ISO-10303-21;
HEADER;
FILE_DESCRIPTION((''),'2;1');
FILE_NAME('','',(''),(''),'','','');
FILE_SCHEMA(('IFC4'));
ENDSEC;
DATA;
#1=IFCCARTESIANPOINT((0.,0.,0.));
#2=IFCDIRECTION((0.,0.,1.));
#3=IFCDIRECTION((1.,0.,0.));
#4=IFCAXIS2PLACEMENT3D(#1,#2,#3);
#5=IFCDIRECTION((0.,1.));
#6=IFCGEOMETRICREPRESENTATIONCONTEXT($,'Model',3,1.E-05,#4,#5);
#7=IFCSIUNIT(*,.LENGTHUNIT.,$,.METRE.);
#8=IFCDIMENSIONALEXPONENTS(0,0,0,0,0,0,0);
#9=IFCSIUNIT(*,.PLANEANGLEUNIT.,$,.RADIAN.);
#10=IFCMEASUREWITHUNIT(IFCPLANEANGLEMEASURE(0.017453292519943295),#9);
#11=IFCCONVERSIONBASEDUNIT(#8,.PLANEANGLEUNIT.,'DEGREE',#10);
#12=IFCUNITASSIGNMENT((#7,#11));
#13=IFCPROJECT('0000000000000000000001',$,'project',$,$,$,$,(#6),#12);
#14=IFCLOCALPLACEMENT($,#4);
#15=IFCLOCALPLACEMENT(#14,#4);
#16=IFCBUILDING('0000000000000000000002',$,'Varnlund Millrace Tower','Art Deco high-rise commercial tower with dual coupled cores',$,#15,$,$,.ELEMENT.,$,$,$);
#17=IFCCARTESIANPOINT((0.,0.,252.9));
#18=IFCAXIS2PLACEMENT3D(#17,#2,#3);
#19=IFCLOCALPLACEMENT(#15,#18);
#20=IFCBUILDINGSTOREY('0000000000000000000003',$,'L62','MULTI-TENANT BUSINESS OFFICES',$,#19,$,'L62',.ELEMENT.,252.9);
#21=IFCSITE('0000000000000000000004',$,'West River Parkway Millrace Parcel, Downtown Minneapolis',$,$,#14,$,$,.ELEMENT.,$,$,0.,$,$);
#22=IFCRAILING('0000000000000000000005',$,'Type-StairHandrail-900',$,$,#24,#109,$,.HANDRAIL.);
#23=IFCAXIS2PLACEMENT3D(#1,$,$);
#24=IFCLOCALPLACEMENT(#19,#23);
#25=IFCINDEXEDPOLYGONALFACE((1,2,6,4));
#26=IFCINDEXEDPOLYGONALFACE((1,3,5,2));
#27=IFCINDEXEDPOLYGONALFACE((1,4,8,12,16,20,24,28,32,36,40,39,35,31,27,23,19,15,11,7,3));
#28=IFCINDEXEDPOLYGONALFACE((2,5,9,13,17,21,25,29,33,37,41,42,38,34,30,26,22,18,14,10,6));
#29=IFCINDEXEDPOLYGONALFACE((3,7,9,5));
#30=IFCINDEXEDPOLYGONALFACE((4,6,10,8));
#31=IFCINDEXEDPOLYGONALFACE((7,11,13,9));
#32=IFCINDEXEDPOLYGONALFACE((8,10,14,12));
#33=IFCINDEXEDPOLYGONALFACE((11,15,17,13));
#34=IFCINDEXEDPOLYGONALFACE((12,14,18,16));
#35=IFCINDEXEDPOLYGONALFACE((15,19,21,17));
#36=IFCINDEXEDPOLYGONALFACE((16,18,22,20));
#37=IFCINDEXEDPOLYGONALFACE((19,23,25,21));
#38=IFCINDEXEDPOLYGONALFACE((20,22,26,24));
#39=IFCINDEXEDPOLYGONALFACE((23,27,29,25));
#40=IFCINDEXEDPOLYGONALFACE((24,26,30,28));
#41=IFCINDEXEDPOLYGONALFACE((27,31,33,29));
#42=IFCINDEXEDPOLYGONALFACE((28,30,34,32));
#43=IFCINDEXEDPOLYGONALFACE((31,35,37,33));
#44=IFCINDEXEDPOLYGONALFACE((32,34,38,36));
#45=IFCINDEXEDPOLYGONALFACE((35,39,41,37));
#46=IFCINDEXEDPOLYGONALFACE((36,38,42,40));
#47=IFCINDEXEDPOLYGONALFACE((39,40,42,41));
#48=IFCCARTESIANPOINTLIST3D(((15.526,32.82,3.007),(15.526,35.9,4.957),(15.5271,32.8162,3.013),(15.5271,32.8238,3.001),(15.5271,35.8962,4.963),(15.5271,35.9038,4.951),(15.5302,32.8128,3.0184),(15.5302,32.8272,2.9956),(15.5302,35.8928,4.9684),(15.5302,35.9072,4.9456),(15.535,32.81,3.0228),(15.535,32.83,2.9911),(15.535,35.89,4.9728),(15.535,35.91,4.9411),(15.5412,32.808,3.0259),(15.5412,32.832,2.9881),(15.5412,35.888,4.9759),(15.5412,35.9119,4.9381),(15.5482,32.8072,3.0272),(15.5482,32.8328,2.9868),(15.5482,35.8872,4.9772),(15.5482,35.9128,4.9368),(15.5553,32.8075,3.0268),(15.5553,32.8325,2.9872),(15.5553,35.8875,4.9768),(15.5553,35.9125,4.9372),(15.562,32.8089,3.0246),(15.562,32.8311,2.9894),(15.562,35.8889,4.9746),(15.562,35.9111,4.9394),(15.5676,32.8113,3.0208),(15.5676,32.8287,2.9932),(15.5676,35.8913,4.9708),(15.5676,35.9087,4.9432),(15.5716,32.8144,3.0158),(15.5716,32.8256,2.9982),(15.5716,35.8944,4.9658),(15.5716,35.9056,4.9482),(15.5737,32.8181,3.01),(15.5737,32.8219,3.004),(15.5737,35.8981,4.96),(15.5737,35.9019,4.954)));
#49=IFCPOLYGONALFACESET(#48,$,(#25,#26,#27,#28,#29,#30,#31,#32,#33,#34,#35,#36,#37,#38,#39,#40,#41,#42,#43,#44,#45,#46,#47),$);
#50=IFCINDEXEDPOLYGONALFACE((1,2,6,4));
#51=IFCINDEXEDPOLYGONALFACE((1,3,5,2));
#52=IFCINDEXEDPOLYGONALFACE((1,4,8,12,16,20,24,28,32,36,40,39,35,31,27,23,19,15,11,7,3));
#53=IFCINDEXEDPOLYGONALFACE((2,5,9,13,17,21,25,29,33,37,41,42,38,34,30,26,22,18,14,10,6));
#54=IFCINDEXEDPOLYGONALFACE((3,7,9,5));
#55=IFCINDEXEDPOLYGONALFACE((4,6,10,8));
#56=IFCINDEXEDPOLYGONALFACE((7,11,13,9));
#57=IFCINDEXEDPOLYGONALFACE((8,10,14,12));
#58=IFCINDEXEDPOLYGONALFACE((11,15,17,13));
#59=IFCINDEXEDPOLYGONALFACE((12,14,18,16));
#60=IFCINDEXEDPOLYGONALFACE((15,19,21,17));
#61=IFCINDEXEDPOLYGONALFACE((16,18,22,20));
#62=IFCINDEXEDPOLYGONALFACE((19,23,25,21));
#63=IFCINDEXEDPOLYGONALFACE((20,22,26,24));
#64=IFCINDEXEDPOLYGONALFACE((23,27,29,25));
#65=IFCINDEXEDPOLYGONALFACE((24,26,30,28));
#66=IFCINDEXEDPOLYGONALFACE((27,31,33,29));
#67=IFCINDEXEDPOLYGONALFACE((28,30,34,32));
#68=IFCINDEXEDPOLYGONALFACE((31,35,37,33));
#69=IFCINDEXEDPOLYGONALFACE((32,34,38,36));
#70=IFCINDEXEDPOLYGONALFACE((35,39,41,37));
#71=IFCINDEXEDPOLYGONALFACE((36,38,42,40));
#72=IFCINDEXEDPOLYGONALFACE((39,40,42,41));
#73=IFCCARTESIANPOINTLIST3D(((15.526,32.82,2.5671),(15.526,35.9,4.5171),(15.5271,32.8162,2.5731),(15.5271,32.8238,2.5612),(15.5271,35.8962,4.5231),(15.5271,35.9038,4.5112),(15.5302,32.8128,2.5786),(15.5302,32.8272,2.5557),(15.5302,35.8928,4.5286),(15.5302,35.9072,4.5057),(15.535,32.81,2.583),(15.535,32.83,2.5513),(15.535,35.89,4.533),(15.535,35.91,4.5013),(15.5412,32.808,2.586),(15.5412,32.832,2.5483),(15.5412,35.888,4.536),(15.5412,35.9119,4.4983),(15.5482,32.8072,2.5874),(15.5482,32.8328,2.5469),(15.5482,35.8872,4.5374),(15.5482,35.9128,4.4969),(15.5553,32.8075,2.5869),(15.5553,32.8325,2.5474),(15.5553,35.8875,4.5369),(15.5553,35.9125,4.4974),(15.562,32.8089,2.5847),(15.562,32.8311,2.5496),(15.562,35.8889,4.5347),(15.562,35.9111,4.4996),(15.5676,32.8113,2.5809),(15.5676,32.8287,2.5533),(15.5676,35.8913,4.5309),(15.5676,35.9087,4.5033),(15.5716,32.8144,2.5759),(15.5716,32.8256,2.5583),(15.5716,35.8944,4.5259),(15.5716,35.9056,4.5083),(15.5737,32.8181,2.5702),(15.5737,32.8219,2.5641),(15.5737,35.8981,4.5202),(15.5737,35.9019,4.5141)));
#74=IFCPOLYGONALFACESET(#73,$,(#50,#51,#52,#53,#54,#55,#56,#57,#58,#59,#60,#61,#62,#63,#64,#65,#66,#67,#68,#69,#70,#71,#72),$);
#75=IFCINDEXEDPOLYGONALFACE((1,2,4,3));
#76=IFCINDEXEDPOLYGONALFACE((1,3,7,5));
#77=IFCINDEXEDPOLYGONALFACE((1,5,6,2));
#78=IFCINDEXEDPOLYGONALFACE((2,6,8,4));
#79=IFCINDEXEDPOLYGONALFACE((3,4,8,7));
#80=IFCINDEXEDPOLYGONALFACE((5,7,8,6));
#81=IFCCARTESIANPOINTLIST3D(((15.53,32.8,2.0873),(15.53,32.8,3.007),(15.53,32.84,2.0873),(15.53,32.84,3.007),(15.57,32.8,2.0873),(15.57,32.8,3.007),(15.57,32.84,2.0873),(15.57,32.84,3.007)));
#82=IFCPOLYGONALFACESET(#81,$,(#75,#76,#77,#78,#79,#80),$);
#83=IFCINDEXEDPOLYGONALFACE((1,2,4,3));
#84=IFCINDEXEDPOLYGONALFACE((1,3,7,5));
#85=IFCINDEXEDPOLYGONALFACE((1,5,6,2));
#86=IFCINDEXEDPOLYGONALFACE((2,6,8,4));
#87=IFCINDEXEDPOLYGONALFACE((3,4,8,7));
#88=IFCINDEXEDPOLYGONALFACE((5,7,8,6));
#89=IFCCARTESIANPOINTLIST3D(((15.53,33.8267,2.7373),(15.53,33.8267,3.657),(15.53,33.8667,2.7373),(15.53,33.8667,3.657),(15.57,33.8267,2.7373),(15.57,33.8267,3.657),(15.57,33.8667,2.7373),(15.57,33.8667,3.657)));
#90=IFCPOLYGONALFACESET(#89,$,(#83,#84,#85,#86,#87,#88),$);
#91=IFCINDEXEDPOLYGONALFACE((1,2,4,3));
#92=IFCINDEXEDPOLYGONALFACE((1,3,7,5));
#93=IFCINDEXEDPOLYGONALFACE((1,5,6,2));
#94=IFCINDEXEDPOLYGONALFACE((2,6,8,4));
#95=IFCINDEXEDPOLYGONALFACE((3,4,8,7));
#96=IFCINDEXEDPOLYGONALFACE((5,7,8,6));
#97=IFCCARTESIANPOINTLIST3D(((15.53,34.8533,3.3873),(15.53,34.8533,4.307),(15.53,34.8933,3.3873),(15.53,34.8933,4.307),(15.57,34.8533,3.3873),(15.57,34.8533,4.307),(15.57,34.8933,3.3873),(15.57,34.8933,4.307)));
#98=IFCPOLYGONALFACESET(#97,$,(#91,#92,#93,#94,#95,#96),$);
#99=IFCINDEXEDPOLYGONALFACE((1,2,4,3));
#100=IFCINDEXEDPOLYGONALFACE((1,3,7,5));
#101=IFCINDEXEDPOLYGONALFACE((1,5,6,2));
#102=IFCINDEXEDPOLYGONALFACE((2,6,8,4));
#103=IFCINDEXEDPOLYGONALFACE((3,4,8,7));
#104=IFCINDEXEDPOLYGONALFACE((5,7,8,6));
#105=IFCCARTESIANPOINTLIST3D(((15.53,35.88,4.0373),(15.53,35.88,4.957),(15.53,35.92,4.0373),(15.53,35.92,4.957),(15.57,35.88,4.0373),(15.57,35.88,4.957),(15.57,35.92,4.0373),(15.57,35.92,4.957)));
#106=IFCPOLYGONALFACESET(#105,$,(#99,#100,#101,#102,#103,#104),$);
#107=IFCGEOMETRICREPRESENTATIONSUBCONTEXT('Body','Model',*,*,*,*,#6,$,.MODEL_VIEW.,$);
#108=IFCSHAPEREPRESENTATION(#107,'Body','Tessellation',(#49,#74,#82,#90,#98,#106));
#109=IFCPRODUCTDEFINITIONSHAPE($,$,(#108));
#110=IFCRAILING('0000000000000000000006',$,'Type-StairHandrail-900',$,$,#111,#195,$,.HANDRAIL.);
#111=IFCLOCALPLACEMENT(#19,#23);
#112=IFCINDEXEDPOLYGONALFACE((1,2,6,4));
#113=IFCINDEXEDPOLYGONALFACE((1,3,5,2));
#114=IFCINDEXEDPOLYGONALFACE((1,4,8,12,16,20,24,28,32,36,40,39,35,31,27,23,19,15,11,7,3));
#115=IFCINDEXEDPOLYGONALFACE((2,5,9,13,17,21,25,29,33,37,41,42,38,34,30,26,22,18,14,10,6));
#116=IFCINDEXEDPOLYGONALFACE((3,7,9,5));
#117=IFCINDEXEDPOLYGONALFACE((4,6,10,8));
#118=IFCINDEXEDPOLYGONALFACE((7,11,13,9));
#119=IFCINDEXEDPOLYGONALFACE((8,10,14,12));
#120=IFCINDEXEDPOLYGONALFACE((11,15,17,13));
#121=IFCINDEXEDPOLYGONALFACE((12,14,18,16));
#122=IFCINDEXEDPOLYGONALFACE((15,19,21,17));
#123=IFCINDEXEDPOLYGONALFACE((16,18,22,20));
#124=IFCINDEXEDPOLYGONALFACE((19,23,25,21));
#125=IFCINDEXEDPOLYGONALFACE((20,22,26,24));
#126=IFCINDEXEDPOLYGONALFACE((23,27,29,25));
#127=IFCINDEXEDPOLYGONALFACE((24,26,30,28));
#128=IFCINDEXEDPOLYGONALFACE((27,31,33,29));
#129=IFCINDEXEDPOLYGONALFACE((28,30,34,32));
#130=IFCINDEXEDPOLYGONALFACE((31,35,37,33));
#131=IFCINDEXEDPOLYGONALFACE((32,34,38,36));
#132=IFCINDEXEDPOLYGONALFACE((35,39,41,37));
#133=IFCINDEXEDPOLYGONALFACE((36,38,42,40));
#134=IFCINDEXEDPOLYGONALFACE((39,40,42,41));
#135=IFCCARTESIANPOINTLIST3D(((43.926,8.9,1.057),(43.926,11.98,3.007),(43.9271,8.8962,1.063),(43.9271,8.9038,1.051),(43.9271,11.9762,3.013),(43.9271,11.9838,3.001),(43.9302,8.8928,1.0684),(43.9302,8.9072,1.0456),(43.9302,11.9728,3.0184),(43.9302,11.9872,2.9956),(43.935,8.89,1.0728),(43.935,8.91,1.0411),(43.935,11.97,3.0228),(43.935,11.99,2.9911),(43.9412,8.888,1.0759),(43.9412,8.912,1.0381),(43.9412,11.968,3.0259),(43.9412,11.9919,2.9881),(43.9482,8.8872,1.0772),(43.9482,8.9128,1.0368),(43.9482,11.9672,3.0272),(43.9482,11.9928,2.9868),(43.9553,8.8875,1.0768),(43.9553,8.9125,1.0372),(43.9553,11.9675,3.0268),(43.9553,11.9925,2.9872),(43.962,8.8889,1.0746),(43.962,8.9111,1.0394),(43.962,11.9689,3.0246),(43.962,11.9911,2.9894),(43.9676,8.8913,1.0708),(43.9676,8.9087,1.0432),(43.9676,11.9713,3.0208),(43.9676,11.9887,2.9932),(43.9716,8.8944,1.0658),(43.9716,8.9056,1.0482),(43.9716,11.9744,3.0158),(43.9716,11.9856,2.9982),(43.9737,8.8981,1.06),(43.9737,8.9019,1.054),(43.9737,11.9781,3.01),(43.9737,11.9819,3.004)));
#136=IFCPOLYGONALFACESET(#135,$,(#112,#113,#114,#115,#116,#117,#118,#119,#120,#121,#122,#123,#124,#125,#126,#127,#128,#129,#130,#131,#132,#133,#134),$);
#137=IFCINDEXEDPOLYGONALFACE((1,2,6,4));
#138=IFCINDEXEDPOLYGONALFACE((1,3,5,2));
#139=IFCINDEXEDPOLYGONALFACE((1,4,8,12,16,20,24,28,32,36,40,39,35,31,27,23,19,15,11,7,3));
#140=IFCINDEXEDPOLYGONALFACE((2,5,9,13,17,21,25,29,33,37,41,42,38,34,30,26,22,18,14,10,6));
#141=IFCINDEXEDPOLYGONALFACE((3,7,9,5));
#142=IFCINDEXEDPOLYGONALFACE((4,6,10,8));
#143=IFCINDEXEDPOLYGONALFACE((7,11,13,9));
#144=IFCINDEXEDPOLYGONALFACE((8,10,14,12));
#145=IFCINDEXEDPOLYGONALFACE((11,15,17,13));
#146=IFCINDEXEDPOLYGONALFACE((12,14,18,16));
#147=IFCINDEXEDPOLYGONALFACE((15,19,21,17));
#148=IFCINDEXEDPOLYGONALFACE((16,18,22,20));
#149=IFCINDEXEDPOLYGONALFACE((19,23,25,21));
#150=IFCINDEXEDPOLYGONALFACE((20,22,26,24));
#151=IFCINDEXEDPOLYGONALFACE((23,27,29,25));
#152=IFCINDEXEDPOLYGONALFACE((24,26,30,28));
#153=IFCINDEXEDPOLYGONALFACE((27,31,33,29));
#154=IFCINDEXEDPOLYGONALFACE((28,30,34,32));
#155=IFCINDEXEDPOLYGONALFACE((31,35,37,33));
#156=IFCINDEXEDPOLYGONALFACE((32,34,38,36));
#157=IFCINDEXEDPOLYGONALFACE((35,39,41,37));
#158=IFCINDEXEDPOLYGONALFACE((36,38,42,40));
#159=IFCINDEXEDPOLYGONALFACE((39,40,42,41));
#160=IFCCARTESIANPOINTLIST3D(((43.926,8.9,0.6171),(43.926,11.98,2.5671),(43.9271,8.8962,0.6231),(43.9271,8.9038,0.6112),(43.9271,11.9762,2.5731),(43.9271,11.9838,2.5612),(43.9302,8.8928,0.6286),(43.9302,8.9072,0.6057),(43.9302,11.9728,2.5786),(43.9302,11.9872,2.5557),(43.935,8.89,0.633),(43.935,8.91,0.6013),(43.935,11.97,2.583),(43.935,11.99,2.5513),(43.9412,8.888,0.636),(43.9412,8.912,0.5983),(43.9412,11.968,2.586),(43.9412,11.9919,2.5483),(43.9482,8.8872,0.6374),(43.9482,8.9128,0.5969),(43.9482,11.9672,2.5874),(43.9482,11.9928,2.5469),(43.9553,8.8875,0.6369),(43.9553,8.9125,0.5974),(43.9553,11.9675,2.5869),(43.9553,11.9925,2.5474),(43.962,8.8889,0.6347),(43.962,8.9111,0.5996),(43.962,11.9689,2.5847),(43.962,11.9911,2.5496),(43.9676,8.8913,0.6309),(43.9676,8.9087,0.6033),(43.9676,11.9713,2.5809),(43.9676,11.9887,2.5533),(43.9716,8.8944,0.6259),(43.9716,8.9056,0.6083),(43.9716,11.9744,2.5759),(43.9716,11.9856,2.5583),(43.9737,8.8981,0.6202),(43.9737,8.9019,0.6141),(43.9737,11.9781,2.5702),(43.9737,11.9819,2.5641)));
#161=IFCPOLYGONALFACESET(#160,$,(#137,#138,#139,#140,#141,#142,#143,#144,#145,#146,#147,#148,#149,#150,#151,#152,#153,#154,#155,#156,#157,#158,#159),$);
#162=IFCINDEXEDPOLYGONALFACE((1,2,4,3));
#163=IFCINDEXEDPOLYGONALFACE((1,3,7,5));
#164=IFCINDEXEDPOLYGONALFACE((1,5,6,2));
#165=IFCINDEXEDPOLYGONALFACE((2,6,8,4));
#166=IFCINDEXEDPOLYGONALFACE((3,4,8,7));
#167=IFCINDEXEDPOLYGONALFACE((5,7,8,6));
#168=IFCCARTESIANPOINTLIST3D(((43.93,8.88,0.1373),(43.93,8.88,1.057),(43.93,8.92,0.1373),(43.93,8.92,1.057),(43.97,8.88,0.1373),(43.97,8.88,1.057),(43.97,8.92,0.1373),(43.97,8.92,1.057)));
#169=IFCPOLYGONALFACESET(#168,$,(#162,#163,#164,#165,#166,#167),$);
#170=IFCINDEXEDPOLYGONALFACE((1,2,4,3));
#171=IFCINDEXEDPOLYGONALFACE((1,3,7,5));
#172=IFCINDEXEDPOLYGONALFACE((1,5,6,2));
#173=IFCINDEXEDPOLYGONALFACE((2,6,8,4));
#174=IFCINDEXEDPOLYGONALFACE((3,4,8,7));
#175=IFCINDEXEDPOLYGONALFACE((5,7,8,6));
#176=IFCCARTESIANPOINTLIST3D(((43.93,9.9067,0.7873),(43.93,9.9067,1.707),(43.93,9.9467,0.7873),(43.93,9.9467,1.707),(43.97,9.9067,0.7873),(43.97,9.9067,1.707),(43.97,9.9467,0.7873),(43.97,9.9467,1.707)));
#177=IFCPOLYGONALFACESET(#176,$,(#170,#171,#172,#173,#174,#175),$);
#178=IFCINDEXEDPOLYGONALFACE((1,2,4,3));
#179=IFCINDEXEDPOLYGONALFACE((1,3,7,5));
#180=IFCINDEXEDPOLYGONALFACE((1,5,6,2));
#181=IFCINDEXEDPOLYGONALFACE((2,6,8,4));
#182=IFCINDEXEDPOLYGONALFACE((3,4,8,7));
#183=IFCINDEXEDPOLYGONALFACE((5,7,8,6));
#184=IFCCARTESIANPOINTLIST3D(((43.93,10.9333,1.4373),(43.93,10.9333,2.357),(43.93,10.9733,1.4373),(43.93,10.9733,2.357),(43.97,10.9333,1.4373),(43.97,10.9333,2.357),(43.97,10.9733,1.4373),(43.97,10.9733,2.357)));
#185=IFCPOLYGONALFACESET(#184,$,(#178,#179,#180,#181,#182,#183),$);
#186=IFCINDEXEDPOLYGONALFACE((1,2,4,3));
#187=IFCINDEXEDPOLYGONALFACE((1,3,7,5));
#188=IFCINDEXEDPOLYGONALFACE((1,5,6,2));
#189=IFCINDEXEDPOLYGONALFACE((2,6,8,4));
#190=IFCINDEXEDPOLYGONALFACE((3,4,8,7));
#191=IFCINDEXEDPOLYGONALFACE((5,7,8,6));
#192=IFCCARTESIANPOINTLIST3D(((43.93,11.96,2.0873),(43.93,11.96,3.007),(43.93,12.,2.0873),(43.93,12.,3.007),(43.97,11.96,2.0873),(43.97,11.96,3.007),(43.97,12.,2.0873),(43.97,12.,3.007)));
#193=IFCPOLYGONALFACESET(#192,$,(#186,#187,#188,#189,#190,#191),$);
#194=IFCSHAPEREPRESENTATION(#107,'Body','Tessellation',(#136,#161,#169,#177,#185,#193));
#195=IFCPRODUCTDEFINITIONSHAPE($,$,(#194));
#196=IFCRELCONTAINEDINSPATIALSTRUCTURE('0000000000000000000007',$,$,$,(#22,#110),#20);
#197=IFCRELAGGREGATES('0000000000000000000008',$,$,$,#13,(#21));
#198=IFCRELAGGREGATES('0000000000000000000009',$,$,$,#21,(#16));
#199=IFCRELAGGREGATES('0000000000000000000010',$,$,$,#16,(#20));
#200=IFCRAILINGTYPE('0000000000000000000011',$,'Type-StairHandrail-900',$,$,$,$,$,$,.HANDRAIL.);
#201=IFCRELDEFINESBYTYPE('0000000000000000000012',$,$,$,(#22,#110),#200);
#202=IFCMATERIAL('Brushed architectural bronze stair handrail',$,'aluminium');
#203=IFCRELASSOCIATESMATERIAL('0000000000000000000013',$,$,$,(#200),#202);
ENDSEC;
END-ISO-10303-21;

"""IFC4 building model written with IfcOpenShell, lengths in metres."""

from ifc_helpers import new_model, entity, si_unit, converted_unit, direction, frame, origin_with_axes, origin_2d_with_axis, place, context, subcontext, project, spatial, rectangle, circle, extrude, material, type_object, element, save


model = new_model("IFC4")

# Units and contexts
model_context = context("Model", 3, precision=1e-05, world=origin_with_axes(), true_north=direction((0.0, 1.0)))
body_context = subcontext(model_context, "Body", "Model", "MODEL_VIEW")
ifc_project = project(units=[si_unit("LENGTHUNIT", "METRE"), converted_unit("PLANEANGLEUNIT", "DEGREE", entity("IfcPlaneAngleMeasure", 0.017453292519943295), si_unit("PLANEANGLEUNIT", "RADIAN"), dimensions=[0, 0, 0, 0, 0, 0, 0])], contexts=[model_context])

# Site, building, storey
site_placement = place(None, origin_with_axes())
site = spatial("IfcSite", under=ifc_project, at=site_placement, Name="West River Parkway Millrace Parcel, Downtown Minneapolis", CompositionType="ELEMENT", RefElevation=0.0)
building_placement = place(site_placement, origin_with_axes())
building = spatial("IfcBuilding", under=site, at=building_placement, Name="Varnlund Millrace Tower", Description="Art Deco high-rise commercial tower with dual coupled cores", CompositionType="ELEMENT")
storey_placement = place(building_placement, frame((0.0, 0.0, 252.9), z_axis=(0.0, 0.0, 1.0), x_axis=(1.0, 0.0, 0.0)))
storey = spatial("IfcBuildingStorey", under=building, at=storey_placement, Name="L62", Description="MULTI-TENANT BUSINESS OFFICES", LongName="L62", CompositionType="ELEMENT", Elevation=252.9)

# Railings
ifc_material_1 = material(Name="Brushed architectural bronze stair handrail", Category="aluminium")
railing_type_1 = type_object("IfcRailingType", Name="Type-StairHandrail-900", PredefinedType="HANDRAIL", material=ifc_material_1)
railing_1_placement = place(storey_placement, frame((0.0, 0.0, -252.9), z_axis=(0.0, 0.0, 1.0), x_axis=(1.0, 0.0, 0.0)))
element("IfcRailing", 1, at=railing_1_placement, inside=storey, type_object=railing_type_1, Name="Type-StairHandrail-900", PredefinedType="HANDRAIL", context=body_context, shape_type="SweptSolid", body=[
    extrude(circle(Radius=0.024, at=origin_2d_with_axis()), frame((15.55, 32.82, 255.907), z_axis=(0.0, 0.844902, 0.534922), x_axis=(-1.0, 0.0, 0.0)), (0.0, 0.0, 1.0), 3.6454),
    extrude(circle(Radius=0.024, at=origin_2d_with_axis()), frame((15.55, 32.82, 255.4671), z_axis=(0.0, 0.844902, 0.534922), x_axis=(-1.0, 0.0, 0.0)), (0.0, 0.0, 1.0), 3.6454),
    extrude(rectangle(XDim=0.04, YDim=0.04, at=origin_2d_with_axis()), frame((15.55, 32.82, 254.9873), z_axis=(0.0, 0.0, 1.0), x_axis=(1.0, 0.0, 0.0)), (0.0, 0.0, 1.0), 0.9197),
    extrude(rectangle(XDim=0.04, YDim=0.04, at=origin_2d_with_axis()), frame((15.55, 33.8467, 255.6373), z_axis=(0.0, 0.0, 1.0), x_axis=(1.0, 0.0, 0.0)), (0.0, 0.0, 1.0), 0.9197),
    extrude(rectangle(XDim=0.04, YDim=0.04, at=origin_2d_with_axis()), frame((15.55, 34.8733, 256.2873), z_axis=(0.0, 0.0, 1.0), x_axis=(1.0, 0.0, 0.0)), (0.0, 0.0, 1.0), 0.9197),
    extrude(rectangle(XDim=0.04, YDim=0.04, at=origin_2d_with_axis()), frame((15.55, 35.9, 256.9373), z_axis=(0.0, 0.0, 1.0), x_axis=(1.0, 0.0, 0.0)), (0.0, 0.0, 1.0), 0.9197),
])
railing_2_placement = place(storey_placement, frame((0.0, 0.0, -252.9), z_axis=(0.0, 0.0, 1.0), x_axis=(1.0, 0.0, 0.0)))
element("IfcRailing", 2, at=railing_2_placement, inside=storey, type_object=railing_type_1, Name="Type-StairHandrail-900", PredefinedType="HANDRAIL", context=body_context, shape_type="SweptSolid", body=[
    extrude(circle(Radius=0.024, at=origin_2d_with_axis()), frame((43.95, 8.9, 253.957), z_axis=(0.0, 0.844902, 0.534922), x_axis=(-1.0, 0.0, 0.0)), (0.0, 0.0, 1.0), 3.6454),
    extrude(circle(Radius=0.024, at=origin_2d_with_axis()), frame((43.95, 8.9, 253.5171), z_axis=(0.0, 0.844902, 0.534922), x_axis=(-1.0, 0.0, 0.0)), (0.0, 0.0, 1.0), 3.6454),
    extrude(rectangle(XDim=0.04, YDim=0.04, at=origin_2d_with_axis()), frame((43.95, 8.9, 253.0373), z_axis=(0.0, 0.0, 1.0), x_axis=(1.0, 0.0, 0.0)), (0.0, 0.0, 1.0), 0.9197),
    extrude(rectangle(XDim=0.04, YDim=0.04, at=origin_2d_with_axis()), frame((43.95, 9.9267, 253.6873), z_axis=(0.0, 0.0, 1.0), x_axis=(1.0, 0.0, 0.0)), (0.0, 0.0, 1.0), 0.9197),
    extrude(rectangle(XDim=0.04, YDim=0.04, at=origin_2d_with_axis()), frame((43.95, 10.9533, 254.3373), z_axis=(0.0, 0.0, 1.0), x_axis=(1.0, 0.0, 0.0)), (0.0, 0.0, 1.0), 0.9197),
    extrude(rectangle(XDim=0.04, YDim=0.04, at=origin_2d_with_axis()), frame((43.95, 11.98, 254.9873), z_axis=(0.0, 0.0, 1.0), x_axis=(1.0, 0.0, 0.0)), (0.0, 0.0, 1.0), 0.9197),
])

save(model, "model.ifc")
